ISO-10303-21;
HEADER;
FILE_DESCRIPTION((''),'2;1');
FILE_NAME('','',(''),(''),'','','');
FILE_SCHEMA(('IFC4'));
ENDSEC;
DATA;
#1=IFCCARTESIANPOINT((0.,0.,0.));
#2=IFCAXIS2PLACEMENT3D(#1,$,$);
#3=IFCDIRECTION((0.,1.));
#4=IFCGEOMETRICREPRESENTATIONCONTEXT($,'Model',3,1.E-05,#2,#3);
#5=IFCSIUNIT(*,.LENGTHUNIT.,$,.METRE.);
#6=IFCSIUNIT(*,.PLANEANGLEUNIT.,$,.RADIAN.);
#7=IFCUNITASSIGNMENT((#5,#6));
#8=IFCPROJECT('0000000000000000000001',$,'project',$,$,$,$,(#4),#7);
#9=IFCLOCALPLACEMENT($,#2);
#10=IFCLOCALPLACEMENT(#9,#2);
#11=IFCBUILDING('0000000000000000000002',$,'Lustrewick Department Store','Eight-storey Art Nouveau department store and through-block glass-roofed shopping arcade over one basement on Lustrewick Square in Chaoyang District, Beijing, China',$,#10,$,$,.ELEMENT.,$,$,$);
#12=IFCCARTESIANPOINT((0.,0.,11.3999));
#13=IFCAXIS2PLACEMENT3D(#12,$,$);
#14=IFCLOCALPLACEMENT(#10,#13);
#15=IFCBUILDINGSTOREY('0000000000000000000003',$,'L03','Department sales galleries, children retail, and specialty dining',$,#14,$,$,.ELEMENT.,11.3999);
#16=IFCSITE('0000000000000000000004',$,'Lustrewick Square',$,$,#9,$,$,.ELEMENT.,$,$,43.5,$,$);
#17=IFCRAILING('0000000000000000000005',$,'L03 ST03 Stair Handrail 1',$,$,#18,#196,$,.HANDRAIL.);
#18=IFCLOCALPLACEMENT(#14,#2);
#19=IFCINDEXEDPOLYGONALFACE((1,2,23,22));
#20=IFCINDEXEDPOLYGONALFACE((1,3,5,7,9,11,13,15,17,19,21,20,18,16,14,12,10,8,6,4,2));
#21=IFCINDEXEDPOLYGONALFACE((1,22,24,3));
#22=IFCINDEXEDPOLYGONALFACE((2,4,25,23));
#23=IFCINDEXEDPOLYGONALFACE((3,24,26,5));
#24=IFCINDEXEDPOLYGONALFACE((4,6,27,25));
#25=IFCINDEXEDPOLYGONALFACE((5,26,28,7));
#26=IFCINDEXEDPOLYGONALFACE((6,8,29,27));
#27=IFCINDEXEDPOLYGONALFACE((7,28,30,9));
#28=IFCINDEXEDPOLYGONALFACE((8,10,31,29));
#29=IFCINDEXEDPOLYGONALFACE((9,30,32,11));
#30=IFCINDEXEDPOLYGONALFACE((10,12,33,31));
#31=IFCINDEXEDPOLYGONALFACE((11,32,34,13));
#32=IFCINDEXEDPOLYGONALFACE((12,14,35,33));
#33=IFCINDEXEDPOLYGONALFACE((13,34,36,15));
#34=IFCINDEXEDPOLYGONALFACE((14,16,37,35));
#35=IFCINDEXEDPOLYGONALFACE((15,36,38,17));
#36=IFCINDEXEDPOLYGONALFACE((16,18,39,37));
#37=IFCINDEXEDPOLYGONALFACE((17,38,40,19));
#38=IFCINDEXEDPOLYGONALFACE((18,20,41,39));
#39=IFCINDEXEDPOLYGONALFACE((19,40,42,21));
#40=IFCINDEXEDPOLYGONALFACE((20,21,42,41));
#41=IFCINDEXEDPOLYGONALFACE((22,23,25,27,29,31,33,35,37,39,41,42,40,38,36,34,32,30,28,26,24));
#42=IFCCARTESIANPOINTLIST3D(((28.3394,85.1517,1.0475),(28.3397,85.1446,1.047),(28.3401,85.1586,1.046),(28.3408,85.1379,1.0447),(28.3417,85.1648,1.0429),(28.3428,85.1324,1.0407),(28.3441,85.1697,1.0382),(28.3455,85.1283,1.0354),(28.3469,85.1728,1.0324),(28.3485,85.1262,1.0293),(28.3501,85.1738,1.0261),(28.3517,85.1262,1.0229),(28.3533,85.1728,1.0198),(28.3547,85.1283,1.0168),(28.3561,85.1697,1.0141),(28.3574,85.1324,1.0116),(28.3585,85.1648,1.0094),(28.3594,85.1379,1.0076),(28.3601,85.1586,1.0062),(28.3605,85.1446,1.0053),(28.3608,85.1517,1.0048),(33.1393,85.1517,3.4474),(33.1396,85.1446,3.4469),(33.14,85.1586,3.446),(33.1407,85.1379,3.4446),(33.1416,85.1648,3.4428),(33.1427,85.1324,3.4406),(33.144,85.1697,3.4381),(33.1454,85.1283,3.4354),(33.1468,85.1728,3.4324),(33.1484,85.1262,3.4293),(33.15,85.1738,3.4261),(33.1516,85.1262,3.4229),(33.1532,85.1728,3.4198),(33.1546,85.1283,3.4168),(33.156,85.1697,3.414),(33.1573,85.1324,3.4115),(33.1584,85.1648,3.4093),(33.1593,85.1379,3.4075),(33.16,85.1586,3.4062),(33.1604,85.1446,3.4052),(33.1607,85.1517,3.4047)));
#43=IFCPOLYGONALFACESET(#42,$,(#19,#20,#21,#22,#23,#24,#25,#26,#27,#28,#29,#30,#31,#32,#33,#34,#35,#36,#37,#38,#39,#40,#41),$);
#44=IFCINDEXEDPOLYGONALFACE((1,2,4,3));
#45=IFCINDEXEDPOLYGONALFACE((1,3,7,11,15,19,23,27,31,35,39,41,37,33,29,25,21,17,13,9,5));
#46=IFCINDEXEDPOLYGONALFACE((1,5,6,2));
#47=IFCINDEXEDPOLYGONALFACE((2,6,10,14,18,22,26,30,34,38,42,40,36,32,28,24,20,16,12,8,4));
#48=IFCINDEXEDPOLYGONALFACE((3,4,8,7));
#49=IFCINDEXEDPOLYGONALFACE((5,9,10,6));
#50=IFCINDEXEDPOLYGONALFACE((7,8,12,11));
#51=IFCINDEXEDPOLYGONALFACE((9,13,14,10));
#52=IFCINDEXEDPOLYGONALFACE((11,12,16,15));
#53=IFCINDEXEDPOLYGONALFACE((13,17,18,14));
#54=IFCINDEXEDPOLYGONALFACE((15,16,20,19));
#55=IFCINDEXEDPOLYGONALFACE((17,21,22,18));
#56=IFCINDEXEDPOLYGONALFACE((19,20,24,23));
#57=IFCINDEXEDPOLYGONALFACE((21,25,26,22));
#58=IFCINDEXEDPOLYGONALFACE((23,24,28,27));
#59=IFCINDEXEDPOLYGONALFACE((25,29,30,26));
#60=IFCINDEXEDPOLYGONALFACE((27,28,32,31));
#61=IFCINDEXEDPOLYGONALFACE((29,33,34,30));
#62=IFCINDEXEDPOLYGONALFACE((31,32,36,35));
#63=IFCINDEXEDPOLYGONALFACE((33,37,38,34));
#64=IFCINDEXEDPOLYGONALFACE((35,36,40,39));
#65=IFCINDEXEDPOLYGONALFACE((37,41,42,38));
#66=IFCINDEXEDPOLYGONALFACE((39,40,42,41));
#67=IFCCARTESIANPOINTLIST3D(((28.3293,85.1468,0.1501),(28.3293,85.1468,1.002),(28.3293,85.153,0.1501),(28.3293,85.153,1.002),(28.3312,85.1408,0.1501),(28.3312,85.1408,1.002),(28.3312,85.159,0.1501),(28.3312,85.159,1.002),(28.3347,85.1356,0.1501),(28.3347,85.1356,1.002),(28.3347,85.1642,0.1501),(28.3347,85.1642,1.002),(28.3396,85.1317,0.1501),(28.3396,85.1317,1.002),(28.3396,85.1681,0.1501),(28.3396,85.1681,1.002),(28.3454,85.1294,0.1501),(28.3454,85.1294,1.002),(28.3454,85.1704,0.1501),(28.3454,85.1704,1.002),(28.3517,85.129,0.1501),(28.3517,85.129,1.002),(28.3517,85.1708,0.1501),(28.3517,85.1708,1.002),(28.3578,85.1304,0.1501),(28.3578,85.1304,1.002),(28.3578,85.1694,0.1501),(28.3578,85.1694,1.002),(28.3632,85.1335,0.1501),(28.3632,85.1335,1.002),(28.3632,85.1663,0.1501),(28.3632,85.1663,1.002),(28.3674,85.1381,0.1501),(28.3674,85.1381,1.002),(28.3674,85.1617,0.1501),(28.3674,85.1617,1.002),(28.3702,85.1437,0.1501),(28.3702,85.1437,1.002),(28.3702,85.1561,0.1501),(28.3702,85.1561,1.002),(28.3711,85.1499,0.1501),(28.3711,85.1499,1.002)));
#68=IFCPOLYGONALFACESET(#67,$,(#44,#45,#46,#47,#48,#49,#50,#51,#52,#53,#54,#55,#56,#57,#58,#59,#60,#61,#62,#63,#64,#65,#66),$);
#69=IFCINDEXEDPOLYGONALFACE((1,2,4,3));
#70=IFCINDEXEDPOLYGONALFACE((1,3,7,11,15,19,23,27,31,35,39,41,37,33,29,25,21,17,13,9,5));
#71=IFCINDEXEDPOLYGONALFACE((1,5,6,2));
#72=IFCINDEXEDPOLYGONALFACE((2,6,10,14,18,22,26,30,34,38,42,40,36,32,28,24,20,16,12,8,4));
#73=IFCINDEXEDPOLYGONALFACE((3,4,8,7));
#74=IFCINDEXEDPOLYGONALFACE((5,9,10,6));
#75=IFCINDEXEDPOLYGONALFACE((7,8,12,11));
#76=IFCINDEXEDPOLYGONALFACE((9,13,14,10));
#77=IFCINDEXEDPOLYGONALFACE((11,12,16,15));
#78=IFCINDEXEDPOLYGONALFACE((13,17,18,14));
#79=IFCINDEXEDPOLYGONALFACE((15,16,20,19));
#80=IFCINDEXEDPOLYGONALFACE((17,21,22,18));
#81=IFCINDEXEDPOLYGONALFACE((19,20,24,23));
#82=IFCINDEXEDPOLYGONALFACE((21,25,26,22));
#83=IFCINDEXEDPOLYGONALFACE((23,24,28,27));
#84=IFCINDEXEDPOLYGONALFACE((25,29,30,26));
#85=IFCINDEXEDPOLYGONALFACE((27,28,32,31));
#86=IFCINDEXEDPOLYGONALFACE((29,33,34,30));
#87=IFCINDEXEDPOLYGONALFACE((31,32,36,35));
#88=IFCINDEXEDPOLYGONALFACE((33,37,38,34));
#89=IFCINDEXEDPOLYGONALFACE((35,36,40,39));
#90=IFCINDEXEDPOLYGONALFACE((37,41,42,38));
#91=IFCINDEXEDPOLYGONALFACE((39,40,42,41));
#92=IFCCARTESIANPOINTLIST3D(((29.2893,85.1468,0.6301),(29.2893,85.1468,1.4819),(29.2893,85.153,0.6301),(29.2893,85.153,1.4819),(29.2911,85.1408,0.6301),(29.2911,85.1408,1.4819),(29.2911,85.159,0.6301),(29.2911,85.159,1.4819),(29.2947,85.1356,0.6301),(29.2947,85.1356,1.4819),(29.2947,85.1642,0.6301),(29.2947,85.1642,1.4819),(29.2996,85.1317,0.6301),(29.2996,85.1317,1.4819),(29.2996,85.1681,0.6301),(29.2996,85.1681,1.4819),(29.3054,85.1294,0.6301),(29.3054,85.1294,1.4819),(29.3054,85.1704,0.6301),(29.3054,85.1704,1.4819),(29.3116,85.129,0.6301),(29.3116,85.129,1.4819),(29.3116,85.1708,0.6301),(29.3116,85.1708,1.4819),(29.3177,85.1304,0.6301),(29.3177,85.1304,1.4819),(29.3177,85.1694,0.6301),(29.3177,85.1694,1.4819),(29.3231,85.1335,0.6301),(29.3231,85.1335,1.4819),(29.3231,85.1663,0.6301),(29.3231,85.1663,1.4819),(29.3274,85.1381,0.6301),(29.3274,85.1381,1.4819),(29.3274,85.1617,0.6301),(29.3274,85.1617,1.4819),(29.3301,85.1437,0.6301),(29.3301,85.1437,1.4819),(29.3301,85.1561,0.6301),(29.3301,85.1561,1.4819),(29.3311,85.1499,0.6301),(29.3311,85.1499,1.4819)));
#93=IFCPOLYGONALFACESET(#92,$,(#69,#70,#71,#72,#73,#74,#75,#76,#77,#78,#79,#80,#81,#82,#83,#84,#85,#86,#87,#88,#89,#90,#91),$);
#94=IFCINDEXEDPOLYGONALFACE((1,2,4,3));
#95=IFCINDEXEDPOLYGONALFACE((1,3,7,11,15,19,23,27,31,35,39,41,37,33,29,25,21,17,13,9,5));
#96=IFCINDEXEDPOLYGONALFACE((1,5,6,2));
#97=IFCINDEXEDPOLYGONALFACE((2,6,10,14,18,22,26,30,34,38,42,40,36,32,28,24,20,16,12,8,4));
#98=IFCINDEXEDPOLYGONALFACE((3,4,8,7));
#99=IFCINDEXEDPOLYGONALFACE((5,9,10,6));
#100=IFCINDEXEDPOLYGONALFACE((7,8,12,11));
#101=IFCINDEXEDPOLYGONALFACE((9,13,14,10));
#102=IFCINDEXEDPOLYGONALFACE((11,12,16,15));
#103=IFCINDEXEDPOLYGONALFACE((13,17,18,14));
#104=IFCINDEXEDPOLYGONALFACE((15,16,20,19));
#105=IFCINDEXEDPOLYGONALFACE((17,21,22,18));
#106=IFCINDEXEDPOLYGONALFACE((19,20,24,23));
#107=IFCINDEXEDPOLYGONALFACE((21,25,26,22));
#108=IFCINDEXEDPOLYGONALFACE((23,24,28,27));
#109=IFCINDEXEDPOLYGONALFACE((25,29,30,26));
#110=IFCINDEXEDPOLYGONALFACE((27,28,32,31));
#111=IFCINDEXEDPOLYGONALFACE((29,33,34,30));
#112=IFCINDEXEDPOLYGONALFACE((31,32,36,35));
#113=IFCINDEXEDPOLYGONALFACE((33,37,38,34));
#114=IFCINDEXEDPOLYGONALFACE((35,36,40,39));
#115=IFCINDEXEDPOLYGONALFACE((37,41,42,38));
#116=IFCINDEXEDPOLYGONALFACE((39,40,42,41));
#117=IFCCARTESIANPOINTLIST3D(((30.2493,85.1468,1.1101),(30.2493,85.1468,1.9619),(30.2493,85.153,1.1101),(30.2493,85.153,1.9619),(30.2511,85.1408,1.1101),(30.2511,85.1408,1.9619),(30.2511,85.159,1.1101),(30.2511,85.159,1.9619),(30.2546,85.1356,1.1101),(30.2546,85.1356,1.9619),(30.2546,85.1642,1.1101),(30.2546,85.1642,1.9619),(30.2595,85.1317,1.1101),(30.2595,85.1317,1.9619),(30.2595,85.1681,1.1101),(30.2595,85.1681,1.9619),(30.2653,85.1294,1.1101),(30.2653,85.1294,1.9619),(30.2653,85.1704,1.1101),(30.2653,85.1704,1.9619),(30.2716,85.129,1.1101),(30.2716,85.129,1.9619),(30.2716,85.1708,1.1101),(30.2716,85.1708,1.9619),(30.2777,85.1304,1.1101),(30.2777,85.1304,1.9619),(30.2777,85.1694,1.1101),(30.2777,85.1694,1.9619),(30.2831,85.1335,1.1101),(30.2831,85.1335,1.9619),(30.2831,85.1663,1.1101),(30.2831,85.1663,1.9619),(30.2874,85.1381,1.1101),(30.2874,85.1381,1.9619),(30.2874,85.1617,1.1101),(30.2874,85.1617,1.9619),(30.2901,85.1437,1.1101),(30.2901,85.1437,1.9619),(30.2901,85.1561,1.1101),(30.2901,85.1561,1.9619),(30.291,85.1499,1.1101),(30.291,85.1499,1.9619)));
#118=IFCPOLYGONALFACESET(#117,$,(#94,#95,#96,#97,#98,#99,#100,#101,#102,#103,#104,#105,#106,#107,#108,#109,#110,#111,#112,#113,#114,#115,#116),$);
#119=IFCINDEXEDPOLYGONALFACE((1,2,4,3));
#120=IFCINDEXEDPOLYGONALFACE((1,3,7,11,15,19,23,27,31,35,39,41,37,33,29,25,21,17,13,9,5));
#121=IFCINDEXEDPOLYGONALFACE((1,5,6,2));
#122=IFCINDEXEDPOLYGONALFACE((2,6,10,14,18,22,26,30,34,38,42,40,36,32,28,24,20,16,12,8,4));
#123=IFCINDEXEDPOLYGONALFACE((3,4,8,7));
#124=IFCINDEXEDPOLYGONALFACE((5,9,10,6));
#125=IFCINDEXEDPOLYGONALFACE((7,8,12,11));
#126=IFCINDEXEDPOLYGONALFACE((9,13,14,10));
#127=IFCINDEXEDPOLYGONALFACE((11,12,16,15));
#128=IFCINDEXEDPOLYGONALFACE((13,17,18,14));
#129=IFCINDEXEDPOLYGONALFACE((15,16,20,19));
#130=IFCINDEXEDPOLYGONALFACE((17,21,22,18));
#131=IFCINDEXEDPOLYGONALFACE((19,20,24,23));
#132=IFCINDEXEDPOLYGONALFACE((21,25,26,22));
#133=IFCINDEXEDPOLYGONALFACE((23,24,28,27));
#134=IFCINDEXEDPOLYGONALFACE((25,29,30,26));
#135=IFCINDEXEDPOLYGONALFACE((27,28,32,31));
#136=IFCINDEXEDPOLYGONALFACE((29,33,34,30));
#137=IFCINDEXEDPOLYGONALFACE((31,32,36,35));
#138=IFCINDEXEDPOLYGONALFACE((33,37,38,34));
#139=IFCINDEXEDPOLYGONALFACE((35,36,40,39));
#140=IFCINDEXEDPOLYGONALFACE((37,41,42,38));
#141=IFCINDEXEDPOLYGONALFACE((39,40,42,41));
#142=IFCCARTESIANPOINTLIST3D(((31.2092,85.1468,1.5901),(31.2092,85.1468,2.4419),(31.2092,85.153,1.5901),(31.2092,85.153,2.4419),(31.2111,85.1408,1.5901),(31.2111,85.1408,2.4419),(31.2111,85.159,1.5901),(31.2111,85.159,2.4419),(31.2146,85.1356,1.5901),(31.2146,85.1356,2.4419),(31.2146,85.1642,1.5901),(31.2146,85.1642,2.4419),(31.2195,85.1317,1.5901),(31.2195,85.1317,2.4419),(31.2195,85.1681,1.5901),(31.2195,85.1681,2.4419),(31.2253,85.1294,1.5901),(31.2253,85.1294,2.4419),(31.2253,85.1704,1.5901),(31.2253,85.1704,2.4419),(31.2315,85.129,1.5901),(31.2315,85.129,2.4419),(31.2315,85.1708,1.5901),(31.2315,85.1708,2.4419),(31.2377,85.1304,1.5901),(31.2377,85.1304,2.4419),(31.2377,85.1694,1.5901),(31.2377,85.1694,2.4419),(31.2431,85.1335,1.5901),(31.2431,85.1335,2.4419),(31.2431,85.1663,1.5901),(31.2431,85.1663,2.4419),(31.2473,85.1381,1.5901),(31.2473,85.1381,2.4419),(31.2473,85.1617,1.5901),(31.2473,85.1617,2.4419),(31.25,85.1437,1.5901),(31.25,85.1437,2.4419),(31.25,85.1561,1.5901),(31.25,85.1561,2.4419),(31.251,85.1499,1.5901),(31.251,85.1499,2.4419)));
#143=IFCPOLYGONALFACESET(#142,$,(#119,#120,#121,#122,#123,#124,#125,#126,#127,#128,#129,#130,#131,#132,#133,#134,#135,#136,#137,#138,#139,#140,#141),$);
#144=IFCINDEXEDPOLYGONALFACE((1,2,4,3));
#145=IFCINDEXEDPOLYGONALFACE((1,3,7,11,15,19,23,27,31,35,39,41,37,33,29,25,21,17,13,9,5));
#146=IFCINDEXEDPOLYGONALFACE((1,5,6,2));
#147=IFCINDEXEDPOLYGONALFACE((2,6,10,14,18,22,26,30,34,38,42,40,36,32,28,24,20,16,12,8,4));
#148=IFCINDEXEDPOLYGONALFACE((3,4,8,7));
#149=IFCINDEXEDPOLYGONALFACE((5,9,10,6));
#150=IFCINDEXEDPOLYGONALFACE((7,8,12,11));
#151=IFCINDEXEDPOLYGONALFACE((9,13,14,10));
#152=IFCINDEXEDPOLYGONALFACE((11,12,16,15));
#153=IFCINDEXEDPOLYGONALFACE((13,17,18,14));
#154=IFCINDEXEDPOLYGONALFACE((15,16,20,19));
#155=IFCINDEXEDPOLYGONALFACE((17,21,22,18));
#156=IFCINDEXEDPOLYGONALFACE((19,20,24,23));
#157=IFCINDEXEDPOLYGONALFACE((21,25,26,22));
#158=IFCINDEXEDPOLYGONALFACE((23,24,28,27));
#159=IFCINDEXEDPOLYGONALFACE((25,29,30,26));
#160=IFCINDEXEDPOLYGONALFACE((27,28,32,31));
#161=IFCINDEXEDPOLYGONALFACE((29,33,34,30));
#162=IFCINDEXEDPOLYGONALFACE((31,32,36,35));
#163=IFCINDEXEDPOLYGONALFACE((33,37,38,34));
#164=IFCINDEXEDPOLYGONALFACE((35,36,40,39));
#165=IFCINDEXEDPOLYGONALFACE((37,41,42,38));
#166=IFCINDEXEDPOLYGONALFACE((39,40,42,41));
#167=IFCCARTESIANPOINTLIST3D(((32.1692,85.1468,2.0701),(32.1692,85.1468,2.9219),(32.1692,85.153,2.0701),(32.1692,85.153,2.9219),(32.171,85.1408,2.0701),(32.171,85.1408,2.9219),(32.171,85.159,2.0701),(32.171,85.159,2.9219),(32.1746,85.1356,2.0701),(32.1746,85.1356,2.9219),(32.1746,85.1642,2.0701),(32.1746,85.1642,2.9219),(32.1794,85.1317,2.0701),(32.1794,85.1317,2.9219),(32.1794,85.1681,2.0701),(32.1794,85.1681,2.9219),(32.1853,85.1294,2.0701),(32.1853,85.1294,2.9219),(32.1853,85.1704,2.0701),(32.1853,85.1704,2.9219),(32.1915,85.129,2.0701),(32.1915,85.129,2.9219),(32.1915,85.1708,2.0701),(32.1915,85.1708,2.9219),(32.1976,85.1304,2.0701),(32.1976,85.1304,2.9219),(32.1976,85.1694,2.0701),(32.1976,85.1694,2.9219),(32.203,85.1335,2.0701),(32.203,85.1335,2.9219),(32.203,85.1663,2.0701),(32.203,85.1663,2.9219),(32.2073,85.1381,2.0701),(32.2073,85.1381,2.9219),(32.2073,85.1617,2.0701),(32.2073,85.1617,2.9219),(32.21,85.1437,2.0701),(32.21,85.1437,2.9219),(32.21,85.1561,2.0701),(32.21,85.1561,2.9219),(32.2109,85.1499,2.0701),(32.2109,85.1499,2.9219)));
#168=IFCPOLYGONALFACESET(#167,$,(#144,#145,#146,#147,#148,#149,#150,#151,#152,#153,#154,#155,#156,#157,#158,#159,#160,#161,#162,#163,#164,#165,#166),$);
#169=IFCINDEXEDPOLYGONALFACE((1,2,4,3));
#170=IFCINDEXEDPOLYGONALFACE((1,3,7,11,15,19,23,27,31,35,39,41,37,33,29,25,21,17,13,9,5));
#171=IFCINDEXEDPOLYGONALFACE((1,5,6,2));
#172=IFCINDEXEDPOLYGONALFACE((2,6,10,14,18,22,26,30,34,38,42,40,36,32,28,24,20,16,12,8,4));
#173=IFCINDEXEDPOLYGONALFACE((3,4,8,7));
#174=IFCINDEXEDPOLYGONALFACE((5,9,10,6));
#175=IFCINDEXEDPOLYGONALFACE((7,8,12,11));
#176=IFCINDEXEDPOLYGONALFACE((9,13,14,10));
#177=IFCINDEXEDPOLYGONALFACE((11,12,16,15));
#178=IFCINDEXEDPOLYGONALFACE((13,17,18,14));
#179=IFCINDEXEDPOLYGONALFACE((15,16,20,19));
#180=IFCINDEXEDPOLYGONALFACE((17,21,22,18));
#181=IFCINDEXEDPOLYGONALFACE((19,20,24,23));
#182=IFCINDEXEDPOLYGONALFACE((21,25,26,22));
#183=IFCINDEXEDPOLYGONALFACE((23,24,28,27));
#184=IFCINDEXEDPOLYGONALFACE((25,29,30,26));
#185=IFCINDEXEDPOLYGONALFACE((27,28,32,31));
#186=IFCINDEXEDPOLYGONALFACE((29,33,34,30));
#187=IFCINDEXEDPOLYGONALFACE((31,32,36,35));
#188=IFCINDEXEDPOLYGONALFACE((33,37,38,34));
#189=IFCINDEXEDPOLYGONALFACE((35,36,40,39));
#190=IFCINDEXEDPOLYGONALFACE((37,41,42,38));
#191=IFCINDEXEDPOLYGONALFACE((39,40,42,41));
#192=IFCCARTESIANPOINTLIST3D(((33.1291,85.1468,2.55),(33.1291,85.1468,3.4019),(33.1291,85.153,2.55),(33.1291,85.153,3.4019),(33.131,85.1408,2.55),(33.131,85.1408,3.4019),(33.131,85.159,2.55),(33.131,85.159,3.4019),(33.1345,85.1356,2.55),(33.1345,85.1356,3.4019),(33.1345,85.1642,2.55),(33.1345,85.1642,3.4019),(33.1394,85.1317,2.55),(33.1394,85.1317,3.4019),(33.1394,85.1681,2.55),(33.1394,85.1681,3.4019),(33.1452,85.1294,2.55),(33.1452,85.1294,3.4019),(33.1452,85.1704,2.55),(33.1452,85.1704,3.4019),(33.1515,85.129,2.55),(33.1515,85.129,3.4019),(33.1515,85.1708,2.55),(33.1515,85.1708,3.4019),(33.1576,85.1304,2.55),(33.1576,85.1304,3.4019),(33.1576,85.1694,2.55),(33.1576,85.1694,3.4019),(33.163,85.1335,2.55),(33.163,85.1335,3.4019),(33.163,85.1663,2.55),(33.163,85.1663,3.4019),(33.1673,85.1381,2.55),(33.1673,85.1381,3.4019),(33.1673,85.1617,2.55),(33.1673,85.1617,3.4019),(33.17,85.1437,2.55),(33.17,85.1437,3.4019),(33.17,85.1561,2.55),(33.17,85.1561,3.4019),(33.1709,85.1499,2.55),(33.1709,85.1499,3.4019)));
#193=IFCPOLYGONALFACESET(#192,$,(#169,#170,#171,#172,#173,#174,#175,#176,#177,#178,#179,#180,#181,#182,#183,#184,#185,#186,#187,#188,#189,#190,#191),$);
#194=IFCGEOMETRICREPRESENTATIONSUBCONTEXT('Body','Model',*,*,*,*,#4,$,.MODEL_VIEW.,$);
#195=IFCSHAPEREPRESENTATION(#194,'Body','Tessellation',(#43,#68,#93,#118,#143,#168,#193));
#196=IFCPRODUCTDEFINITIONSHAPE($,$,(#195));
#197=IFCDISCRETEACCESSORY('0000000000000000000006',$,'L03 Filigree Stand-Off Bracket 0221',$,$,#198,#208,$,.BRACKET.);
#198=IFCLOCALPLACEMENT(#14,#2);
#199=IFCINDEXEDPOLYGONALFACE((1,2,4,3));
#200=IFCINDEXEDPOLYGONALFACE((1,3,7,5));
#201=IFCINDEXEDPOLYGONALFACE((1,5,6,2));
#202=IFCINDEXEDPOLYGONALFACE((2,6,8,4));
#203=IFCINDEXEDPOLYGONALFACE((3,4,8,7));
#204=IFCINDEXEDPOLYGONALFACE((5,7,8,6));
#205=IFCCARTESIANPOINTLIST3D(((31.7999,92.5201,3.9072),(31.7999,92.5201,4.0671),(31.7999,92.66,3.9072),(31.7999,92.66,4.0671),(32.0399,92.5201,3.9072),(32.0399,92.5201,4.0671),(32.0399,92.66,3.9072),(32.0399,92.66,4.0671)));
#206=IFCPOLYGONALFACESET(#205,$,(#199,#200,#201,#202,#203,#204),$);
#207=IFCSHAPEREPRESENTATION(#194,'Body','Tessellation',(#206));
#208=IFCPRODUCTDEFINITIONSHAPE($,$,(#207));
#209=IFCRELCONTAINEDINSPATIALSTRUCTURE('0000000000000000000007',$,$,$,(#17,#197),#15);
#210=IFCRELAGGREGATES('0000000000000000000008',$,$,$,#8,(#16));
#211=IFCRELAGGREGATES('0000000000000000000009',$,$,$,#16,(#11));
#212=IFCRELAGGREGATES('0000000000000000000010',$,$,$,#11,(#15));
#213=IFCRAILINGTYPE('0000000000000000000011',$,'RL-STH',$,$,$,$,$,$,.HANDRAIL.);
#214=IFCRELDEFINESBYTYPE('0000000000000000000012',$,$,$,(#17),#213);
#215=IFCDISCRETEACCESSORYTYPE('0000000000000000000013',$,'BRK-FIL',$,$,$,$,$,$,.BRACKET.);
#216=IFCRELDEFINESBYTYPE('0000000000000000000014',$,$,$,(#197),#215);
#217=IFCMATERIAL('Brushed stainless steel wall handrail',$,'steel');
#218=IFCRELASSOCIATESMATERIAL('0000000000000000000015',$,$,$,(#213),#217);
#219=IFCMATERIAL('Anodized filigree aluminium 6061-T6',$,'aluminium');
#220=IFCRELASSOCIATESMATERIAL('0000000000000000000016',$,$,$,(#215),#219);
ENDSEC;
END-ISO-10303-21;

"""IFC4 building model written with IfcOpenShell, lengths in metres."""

from ifc_helpers import new_model, si_unit, direction, frame, origin, origin_2d, place, context, subcontext, project, spatial, rectangle, circle, extrude, material, type_object, element, save


model = new_model("IFC4")

# Units and contexts
model_context = context("Model", 3, precision=1e-05, world=origin(), true_north=direction((0.0, 1.0)))
body_context = subcontext(model_context, "Body", "Model", "MODEL_VIEW")
ifc_project = project(units=[si_unit("LENGTHUNIT", "METRE"), si_unit("PLANEANGLEUNIT", "RADIAN")], contexts=[model_context])

# Site, building, storey
site_placement = place(None, origin())
site = spatial("IfcSite", under=ifc_project, at=site_placement, Name="Lustrewick Square", CompositionType="ELEMENT", RefElevation=43.5)
building_placement = place(site_placement, origin())
building = spatial("IfcBuilding", under=site, at=building_placement, Name="Lustrewick Department Store", Description="Eight-storey Art Nouveau department store and through-block glass-roofed shopping arcade over one basement on Lustrewick Square in Chaoyang District, Beijing, China", CompositionType="ELEMENT")
storey_placement = place(building_placement, frame((0.0, 0.0, 11.3999)))
storey = spatial("IfcBuildingStorey", under=building, at=storey_placement, Name="L03", Description="Department sales galleries, children retail, and specialty dining", CompositionType="ELEMENT", Elevation=11.3999)

# Railing
ifc_material_1 = material(Name="Brushed stainless steel wall handrail", Category="steel")
railing_type_1 = type_object("IfcRailingType", Name="RL-STH", PredefinedType="HANDRAIL", material=ifc_material_1)
railing_1_placement = place(storey_placement, frame((28.3501, 85.1499, 0.1501)))
element("IfcRailing", 1, at=railing_1_placement, inside=storey, type_object=railing_type_1, Name="L03 ST03 Stair Handrail 1", PredefinedType="HANDRAIL", context=body_context, shape_type="SweptSolid", body=[
    extrude(circle(Radius=0.0239, at=origin_2d()), frame((0.0, 0.0, 0.876), z_axis=(0.894427, 0.0, 0.447214), x_axis=(0.0, 1.0, 0.0)), (0.0, 0.0, 1.0), 5.3665),
    extrude(circle(Radius=0.021, at=origin_2d()), origin(), (0.0, 0.0, 1.0), 0.8518),
    extrude(circle(Radius=0.021, at=origin_2d()), frame((0.96, 0.0, 0.48)), (0.0, 0.0, 1.0), 0.8518),
    extrude(circle(Radius=0.021, at=origin_2d()), frame((1.9199, 0.0, 0.96)), (0.0, 0.0, 1.0), 0.8518),
    extrude(circle(Radius=0.021, at=origin_2d()), frame((2.8799, 0.0, 1.4399)), (0.0, 0.0, 1.0), 0.8518),
    extrude(circle(Radius=0.021, at=origin_2d()), frame((3.8398, 0.0, 1.9199)), (0.0, 0.0, 1.0), 0.8518),
    extrude(circle(Radius=0.021, at=origin_2d()), frame((4.7998, 0.0, 2.3999)), (0.0, 0.0, 1.0), 0.8518),
])

# Discrete accessory
ifc_material_2 = material(Name="Anodized filigree aluminium 6061-T6", Category="aluminium")
discrete_accessory_type = type_object("IfcDiscreteAccessoryType", Name="BRK-FIL", PredefinedType="BRACKET", material=ifc_material_2)
for number, where, z_axis, x_axis, name in (
    (2, (31.9199, 92.5901, 3.9072), (0.0, 0.0, 1.0), (-1.0, 0.0, 0.0), "L03 Filigree Stand-Off Bracket 0221"),
):
    element("IfcDiscreteAccessory", number, at=place(storey_placement, frame(where, z_axis=z_axis, x_axis=x_axis)), inside=storey, type_object=discrete_accessory_type, Name=name, PredefinedType="BRACKET", context=body_context, shape_type="SweptSolid", body=[
        extrude(rectangle(XDim=0.24, YDim=0.1399, at=origin_2d()), origin(), (0.0, 0.0, 1.0), 0.1599),
    ])

save(model, "model.ifc")
